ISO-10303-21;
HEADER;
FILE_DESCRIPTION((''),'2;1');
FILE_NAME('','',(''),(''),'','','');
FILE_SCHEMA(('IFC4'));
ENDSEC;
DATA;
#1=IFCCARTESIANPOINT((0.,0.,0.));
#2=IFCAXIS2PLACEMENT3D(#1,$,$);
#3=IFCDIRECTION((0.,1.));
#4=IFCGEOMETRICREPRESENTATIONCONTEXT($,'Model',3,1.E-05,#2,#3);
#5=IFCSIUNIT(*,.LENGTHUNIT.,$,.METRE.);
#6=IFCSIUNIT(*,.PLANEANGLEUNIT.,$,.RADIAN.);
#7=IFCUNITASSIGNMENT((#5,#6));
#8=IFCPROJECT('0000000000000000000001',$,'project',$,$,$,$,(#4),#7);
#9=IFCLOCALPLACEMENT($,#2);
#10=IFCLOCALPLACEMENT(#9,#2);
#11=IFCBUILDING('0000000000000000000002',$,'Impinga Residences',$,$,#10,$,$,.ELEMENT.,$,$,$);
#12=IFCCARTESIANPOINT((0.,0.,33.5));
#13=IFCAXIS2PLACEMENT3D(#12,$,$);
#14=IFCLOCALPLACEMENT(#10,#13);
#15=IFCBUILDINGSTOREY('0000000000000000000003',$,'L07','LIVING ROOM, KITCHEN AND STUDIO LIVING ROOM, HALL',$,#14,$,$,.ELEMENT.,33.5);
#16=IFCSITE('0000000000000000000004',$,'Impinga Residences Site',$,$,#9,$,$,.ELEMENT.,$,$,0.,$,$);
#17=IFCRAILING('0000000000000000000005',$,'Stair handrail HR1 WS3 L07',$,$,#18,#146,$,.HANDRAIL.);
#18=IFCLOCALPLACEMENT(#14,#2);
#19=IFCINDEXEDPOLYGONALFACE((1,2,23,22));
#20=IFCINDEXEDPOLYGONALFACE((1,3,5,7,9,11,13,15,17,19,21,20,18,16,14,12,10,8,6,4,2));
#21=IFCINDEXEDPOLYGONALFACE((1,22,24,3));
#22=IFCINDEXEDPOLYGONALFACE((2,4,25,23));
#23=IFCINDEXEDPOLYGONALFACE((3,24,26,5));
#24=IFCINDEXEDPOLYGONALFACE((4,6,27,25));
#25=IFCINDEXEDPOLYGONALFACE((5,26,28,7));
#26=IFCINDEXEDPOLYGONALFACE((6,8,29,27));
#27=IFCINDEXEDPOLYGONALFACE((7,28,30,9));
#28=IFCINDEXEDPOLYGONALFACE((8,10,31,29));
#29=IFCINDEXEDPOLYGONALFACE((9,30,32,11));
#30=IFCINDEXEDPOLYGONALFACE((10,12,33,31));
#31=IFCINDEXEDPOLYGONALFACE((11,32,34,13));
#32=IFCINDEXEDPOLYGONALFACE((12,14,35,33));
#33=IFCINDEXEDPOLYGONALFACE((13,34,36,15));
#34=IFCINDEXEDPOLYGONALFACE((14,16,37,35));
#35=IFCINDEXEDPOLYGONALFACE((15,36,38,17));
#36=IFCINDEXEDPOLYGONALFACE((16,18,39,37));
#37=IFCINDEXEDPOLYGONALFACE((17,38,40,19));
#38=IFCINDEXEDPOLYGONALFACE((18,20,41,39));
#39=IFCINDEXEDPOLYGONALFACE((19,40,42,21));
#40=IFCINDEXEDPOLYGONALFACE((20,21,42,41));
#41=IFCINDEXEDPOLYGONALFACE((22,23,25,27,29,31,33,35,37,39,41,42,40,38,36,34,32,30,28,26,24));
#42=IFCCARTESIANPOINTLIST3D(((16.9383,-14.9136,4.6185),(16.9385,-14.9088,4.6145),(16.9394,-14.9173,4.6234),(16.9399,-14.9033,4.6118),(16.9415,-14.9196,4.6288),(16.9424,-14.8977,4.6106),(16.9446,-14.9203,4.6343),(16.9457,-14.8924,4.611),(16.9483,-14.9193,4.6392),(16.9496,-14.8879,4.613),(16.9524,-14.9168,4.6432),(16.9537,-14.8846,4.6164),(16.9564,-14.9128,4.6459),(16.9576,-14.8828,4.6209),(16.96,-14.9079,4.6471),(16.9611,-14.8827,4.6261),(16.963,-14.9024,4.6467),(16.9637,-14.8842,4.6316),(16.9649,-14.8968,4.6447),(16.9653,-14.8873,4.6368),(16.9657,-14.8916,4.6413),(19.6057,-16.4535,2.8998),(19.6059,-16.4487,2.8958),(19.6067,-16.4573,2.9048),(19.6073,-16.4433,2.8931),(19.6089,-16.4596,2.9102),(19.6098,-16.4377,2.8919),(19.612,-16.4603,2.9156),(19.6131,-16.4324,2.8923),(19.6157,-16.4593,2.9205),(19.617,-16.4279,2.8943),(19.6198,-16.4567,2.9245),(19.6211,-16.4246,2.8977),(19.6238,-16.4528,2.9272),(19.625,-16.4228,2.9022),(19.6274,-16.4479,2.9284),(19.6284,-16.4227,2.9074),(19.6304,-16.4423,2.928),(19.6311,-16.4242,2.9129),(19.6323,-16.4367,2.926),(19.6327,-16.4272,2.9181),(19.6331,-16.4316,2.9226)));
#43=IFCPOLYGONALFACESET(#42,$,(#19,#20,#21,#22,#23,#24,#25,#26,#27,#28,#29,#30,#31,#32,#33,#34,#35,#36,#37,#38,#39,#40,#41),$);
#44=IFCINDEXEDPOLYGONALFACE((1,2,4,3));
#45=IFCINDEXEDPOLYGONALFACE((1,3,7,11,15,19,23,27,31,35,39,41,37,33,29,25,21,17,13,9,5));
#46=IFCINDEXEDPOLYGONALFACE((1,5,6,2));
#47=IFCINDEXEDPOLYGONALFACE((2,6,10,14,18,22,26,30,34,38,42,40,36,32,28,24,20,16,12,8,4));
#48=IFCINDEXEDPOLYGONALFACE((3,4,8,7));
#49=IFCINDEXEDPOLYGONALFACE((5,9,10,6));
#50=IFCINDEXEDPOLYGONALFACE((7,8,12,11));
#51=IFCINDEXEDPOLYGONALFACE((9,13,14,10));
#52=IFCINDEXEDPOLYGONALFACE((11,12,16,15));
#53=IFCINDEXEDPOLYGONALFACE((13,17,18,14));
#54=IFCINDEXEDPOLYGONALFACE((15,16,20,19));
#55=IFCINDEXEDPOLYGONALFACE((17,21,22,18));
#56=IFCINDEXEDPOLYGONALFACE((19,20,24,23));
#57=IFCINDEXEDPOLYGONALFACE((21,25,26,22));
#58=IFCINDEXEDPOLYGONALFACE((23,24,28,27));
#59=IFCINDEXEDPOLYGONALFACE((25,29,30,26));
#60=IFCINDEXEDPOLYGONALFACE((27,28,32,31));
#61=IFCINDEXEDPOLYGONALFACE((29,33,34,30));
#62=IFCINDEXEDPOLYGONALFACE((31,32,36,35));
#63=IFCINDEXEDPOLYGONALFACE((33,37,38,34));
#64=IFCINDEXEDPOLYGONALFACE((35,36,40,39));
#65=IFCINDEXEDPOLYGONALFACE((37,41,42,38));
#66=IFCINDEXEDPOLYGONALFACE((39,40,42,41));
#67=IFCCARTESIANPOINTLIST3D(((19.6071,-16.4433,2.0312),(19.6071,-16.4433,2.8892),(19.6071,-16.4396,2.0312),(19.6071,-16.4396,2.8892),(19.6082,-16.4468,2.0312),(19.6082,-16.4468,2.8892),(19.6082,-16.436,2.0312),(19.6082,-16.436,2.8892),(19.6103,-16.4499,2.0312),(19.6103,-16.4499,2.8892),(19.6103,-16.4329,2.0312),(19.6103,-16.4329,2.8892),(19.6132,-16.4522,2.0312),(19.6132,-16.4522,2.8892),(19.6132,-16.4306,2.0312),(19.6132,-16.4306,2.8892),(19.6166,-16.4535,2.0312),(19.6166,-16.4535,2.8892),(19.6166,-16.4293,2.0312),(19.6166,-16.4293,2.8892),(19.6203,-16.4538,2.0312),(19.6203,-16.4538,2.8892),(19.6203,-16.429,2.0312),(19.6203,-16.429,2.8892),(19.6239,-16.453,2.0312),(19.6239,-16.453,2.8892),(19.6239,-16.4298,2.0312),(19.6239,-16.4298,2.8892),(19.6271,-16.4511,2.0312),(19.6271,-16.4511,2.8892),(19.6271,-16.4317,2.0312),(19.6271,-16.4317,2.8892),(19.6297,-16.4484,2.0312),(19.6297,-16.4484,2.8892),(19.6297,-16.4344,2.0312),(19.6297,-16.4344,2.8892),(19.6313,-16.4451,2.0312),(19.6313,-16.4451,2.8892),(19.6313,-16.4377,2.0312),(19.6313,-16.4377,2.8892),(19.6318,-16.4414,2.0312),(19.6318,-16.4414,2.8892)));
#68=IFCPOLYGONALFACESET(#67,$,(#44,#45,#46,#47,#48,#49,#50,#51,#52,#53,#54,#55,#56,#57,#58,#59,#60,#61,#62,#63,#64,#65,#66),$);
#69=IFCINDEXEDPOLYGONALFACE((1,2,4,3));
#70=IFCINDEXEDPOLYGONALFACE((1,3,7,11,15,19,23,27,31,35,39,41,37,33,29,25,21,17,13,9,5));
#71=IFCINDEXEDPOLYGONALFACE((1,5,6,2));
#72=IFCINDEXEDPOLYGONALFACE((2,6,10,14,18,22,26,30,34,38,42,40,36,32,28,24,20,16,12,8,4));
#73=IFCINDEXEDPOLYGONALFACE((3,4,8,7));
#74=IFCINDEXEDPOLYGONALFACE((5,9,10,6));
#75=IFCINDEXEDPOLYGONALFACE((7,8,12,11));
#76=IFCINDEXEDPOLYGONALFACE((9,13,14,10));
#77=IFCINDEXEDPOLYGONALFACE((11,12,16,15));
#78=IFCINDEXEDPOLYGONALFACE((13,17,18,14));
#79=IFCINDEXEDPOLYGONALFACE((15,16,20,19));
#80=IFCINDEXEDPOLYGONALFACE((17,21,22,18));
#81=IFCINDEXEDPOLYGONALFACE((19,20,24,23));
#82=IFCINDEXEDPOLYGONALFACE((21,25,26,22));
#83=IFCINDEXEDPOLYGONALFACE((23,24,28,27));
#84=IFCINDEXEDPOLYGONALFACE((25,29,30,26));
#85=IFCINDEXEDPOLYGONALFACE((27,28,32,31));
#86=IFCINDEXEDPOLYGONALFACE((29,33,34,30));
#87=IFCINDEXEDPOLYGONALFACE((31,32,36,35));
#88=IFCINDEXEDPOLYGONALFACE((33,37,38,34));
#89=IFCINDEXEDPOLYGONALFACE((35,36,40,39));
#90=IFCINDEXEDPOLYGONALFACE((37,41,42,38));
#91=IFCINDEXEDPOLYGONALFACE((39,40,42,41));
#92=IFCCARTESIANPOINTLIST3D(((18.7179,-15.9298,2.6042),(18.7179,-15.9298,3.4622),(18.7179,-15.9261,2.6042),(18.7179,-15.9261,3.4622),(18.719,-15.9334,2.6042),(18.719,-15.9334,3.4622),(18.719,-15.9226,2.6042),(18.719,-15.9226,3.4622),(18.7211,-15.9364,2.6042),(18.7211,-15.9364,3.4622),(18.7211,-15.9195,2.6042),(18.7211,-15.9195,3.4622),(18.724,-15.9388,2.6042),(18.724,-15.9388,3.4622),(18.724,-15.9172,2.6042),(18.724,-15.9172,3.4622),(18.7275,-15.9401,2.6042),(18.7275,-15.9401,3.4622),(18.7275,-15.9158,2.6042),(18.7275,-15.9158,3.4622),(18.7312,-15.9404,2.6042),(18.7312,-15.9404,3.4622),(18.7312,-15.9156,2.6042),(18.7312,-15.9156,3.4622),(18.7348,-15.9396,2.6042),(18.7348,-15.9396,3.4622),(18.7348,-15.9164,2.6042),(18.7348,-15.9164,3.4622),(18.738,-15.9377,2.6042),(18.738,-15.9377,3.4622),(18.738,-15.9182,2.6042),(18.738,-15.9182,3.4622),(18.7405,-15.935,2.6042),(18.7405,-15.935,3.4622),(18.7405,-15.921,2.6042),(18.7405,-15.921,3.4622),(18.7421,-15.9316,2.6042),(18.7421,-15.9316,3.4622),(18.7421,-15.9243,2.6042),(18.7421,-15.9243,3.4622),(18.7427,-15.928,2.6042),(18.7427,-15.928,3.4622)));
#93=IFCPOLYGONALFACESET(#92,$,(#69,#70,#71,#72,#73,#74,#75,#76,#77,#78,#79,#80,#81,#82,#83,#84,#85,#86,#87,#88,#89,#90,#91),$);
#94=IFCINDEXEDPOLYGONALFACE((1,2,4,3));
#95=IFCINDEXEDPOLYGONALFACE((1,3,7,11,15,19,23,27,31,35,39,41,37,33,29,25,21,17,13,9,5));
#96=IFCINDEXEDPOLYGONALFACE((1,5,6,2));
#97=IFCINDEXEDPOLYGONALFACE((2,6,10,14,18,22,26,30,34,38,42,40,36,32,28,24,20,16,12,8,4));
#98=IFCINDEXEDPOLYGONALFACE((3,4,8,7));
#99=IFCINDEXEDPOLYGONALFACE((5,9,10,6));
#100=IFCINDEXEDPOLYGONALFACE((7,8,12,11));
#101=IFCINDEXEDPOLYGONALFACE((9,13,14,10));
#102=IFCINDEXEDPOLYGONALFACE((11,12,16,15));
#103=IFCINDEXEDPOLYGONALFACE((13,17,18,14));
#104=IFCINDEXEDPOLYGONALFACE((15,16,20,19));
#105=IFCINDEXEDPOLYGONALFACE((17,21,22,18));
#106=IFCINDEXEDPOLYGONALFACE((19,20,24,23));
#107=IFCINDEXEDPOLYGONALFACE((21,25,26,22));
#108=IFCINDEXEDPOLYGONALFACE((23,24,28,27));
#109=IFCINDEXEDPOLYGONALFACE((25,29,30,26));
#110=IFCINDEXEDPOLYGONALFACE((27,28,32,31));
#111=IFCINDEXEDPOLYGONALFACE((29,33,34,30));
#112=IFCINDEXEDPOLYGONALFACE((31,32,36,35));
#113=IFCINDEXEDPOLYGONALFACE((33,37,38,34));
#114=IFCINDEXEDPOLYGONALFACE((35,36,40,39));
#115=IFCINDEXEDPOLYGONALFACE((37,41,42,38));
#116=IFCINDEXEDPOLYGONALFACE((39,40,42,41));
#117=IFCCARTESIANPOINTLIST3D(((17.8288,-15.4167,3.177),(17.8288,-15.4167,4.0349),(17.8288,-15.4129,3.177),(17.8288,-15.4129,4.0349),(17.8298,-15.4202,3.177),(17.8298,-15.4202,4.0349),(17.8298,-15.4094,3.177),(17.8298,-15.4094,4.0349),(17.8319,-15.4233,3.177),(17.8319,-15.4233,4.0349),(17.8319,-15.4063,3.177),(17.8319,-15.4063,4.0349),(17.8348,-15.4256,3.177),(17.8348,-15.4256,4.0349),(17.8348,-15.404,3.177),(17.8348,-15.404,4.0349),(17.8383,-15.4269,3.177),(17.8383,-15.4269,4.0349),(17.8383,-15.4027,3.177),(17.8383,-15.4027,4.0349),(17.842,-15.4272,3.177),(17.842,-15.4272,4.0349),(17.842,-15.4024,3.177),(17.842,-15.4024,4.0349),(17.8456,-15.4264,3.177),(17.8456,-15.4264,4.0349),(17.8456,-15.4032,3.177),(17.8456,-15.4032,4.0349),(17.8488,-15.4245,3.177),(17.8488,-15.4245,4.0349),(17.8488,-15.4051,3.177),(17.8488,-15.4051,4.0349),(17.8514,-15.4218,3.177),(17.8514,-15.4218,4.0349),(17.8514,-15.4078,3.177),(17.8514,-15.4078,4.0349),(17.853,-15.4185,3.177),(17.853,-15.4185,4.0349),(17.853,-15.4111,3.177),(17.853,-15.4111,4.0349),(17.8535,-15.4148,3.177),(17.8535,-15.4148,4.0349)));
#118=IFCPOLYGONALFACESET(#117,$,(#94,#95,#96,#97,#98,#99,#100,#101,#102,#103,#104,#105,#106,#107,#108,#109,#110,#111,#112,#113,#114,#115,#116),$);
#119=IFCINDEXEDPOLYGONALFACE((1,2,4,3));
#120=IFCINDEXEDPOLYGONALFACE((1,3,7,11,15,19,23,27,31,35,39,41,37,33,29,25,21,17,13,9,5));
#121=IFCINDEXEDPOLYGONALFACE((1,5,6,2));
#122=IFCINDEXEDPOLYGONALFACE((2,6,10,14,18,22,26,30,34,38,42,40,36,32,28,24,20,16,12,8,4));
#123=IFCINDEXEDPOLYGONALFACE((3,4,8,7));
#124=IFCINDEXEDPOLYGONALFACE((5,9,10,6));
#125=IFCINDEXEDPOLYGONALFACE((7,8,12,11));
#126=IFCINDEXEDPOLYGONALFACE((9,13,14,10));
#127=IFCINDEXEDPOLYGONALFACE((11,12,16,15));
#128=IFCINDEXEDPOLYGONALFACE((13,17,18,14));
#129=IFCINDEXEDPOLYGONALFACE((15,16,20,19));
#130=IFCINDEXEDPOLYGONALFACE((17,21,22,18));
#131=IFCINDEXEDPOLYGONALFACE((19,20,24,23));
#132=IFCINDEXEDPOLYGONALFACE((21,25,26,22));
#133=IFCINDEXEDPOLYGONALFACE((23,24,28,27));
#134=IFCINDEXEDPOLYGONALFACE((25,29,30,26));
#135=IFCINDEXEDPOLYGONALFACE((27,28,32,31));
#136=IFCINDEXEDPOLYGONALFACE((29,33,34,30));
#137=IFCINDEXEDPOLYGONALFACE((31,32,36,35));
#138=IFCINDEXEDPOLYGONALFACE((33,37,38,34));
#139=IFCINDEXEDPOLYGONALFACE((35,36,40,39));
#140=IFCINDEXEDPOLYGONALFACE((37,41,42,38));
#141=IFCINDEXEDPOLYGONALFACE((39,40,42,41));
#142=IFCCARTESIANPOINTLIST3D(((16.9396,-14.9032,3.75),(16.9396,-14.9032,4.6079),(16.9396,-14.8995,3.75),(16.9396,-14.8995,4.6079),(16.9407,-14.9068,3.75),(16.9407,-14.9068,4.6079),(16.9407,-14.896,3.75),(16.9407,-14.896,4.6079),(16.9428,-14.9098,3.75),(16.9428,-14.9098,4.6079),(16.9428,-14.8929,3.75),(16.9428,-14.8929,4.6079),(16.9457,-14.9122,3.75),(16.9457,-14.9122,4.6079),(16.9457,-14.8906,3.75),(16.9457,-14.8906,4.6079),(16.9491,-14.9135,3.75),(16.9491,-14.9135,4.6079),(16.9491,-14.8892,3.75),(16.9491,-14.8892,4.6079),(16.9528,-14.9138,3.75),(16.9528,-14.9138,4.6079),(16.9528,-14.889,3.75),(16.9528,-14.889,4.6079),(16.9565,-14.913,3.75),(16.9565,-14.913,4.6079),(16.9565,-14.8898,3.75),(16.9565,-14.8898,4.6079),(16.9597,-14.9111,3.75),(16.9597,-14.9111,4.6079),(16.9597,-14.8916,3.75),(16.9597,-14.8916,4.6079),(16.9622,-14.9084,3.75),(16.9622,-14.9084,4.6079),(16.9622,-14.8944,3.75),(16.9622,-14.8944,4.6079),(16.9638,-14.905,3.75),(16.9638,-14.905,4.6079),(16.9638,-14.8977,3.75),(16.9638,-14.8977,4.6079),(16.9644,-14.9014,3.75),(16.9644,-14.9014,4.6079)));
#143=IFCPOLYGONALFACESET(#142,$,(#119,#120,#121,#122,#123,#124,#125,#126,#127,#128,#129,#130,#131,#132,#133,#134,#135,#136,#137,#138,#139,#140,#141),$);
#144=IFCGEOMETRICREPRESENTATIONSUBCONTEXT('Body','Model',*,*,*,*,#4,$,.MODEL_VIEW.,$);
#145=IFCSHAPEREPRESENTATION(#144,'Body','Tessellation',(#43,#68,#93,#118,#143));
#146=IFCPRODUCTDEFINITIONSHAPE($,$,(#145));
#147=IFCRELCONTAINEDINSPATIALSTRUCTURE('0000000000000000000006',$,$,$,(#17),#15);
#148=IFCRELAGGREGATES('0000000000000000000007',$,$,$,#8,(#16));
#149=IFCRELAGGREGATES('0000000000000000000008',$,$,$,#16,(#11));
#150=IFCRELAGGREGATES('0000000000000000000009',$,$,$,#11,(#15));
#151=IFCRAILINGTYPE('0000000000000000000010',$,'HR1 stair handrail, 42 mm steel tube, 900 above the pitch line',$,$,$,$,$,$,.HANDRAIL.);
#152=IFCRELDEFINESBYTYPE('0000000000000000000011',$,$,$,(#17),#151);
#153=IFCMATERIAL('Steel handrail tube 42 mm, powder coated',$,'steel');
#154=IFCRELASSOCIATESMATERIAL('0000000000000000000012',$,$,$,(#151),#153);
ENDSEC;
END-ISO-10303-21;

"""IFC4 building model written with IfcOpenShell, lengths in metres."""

from ifc_helpers import new_model, si_unit, direction, frame, origin, origin_2d, place, context, subcontext, project, spatial, circle, extrude, material, type_object, element, save


model = new_model("IFC4")

# Units and contexts
model_context = context("Model", 3, precision=1e-05, world=origin(), true_north=direction((0.0, 1.0)))
body_context = subcontext(model_context, "Body", "Model", "MODEL_VIEW")
ifc_project = project(units=[si_unit("LENGTHUNIT", "METRE"), si_unit("PLANEANGLEUNIT", "RADIAN")], contexts=[model_context])

# Site, building, storey
site_placement = place(None, origin())
site = spatial("IfcSite", under=ifc_project, at=site_placement, Name="Impinga Residences Site", CompositionType="ELEMENT", RefElevation=0.0)
building_placement = place(site_placement, origin())
building = spatial("IfcBuilding", under=site, at=building_placement, Name="Impinga Residences", CompositionType="ELEMENT")
storey_placement = place(building_placement, frame((0.0, 0.0, 33.5)))
storey = spatial("IfcBuildingStorey", under=building, at=storey_placement, Name="L07", Description="LIVING ROOM, KITCHEN AND STUDIO LIVING ROOM, HALL", CompositionType="ELEMENT", Elevation=33.5)

# Railing
ifc_material_1 = material(Name="Steel handrail tube 42 mm, powder coated", Category="steel")
railing_type_1 = type_object("IfcRailingType", Name="HR1 stair handrail, 42 mm steel tube, 900 above the pitch line", PredefinedType="HANDRAIL", material=ifc_material_1)
railing_1_placement = place(storey_placement, frame((19.6194, -16.4414, 2.0312)))
element("IfcRailing", 1, at=railing_1_placement, inside=storey, type_object=railing_type_1, Name="Stair handrail HR1 WS3 L07", PredefinedType="HANDRAIL", context=body_context, shape_type="SweptSolid", body=[
    extrude(circle(Radius=0.021, at=origin_2d()), frame((0.0, 0.0, 0.8789), z_axis=(-0.756256, 0.436616, 0.487282), x_axis=(-0.499992, -0.86603, 0.0)), (0.0, 0.0, 1.0), 3.5271),
    extrude(circle(Radius=0.0125, at=origin_2d()), origin(), (0.0, 0.0, 1.0), 0.8579),
    extrude(circle(Radius=0.0125, at=origin_2d()), frame((-0.8892, 0.5134, 0.573)), (0.0, 0.0, 1.0), 0.8579),
    extrude(circle(Radius=0.0125, at=origin_2d()), frame((-1.7783, 1.0266, 1.1458)), (0.0, 0.0, 1.0), 0.8579),
    extrude(circle(Radius=0.0125, at=origin_2d()), frame((-2.6675, 1.54, 1.7188)), (0.0, 0.0, 1.0), 0.8579),
])

save(model, "model.ifc")
